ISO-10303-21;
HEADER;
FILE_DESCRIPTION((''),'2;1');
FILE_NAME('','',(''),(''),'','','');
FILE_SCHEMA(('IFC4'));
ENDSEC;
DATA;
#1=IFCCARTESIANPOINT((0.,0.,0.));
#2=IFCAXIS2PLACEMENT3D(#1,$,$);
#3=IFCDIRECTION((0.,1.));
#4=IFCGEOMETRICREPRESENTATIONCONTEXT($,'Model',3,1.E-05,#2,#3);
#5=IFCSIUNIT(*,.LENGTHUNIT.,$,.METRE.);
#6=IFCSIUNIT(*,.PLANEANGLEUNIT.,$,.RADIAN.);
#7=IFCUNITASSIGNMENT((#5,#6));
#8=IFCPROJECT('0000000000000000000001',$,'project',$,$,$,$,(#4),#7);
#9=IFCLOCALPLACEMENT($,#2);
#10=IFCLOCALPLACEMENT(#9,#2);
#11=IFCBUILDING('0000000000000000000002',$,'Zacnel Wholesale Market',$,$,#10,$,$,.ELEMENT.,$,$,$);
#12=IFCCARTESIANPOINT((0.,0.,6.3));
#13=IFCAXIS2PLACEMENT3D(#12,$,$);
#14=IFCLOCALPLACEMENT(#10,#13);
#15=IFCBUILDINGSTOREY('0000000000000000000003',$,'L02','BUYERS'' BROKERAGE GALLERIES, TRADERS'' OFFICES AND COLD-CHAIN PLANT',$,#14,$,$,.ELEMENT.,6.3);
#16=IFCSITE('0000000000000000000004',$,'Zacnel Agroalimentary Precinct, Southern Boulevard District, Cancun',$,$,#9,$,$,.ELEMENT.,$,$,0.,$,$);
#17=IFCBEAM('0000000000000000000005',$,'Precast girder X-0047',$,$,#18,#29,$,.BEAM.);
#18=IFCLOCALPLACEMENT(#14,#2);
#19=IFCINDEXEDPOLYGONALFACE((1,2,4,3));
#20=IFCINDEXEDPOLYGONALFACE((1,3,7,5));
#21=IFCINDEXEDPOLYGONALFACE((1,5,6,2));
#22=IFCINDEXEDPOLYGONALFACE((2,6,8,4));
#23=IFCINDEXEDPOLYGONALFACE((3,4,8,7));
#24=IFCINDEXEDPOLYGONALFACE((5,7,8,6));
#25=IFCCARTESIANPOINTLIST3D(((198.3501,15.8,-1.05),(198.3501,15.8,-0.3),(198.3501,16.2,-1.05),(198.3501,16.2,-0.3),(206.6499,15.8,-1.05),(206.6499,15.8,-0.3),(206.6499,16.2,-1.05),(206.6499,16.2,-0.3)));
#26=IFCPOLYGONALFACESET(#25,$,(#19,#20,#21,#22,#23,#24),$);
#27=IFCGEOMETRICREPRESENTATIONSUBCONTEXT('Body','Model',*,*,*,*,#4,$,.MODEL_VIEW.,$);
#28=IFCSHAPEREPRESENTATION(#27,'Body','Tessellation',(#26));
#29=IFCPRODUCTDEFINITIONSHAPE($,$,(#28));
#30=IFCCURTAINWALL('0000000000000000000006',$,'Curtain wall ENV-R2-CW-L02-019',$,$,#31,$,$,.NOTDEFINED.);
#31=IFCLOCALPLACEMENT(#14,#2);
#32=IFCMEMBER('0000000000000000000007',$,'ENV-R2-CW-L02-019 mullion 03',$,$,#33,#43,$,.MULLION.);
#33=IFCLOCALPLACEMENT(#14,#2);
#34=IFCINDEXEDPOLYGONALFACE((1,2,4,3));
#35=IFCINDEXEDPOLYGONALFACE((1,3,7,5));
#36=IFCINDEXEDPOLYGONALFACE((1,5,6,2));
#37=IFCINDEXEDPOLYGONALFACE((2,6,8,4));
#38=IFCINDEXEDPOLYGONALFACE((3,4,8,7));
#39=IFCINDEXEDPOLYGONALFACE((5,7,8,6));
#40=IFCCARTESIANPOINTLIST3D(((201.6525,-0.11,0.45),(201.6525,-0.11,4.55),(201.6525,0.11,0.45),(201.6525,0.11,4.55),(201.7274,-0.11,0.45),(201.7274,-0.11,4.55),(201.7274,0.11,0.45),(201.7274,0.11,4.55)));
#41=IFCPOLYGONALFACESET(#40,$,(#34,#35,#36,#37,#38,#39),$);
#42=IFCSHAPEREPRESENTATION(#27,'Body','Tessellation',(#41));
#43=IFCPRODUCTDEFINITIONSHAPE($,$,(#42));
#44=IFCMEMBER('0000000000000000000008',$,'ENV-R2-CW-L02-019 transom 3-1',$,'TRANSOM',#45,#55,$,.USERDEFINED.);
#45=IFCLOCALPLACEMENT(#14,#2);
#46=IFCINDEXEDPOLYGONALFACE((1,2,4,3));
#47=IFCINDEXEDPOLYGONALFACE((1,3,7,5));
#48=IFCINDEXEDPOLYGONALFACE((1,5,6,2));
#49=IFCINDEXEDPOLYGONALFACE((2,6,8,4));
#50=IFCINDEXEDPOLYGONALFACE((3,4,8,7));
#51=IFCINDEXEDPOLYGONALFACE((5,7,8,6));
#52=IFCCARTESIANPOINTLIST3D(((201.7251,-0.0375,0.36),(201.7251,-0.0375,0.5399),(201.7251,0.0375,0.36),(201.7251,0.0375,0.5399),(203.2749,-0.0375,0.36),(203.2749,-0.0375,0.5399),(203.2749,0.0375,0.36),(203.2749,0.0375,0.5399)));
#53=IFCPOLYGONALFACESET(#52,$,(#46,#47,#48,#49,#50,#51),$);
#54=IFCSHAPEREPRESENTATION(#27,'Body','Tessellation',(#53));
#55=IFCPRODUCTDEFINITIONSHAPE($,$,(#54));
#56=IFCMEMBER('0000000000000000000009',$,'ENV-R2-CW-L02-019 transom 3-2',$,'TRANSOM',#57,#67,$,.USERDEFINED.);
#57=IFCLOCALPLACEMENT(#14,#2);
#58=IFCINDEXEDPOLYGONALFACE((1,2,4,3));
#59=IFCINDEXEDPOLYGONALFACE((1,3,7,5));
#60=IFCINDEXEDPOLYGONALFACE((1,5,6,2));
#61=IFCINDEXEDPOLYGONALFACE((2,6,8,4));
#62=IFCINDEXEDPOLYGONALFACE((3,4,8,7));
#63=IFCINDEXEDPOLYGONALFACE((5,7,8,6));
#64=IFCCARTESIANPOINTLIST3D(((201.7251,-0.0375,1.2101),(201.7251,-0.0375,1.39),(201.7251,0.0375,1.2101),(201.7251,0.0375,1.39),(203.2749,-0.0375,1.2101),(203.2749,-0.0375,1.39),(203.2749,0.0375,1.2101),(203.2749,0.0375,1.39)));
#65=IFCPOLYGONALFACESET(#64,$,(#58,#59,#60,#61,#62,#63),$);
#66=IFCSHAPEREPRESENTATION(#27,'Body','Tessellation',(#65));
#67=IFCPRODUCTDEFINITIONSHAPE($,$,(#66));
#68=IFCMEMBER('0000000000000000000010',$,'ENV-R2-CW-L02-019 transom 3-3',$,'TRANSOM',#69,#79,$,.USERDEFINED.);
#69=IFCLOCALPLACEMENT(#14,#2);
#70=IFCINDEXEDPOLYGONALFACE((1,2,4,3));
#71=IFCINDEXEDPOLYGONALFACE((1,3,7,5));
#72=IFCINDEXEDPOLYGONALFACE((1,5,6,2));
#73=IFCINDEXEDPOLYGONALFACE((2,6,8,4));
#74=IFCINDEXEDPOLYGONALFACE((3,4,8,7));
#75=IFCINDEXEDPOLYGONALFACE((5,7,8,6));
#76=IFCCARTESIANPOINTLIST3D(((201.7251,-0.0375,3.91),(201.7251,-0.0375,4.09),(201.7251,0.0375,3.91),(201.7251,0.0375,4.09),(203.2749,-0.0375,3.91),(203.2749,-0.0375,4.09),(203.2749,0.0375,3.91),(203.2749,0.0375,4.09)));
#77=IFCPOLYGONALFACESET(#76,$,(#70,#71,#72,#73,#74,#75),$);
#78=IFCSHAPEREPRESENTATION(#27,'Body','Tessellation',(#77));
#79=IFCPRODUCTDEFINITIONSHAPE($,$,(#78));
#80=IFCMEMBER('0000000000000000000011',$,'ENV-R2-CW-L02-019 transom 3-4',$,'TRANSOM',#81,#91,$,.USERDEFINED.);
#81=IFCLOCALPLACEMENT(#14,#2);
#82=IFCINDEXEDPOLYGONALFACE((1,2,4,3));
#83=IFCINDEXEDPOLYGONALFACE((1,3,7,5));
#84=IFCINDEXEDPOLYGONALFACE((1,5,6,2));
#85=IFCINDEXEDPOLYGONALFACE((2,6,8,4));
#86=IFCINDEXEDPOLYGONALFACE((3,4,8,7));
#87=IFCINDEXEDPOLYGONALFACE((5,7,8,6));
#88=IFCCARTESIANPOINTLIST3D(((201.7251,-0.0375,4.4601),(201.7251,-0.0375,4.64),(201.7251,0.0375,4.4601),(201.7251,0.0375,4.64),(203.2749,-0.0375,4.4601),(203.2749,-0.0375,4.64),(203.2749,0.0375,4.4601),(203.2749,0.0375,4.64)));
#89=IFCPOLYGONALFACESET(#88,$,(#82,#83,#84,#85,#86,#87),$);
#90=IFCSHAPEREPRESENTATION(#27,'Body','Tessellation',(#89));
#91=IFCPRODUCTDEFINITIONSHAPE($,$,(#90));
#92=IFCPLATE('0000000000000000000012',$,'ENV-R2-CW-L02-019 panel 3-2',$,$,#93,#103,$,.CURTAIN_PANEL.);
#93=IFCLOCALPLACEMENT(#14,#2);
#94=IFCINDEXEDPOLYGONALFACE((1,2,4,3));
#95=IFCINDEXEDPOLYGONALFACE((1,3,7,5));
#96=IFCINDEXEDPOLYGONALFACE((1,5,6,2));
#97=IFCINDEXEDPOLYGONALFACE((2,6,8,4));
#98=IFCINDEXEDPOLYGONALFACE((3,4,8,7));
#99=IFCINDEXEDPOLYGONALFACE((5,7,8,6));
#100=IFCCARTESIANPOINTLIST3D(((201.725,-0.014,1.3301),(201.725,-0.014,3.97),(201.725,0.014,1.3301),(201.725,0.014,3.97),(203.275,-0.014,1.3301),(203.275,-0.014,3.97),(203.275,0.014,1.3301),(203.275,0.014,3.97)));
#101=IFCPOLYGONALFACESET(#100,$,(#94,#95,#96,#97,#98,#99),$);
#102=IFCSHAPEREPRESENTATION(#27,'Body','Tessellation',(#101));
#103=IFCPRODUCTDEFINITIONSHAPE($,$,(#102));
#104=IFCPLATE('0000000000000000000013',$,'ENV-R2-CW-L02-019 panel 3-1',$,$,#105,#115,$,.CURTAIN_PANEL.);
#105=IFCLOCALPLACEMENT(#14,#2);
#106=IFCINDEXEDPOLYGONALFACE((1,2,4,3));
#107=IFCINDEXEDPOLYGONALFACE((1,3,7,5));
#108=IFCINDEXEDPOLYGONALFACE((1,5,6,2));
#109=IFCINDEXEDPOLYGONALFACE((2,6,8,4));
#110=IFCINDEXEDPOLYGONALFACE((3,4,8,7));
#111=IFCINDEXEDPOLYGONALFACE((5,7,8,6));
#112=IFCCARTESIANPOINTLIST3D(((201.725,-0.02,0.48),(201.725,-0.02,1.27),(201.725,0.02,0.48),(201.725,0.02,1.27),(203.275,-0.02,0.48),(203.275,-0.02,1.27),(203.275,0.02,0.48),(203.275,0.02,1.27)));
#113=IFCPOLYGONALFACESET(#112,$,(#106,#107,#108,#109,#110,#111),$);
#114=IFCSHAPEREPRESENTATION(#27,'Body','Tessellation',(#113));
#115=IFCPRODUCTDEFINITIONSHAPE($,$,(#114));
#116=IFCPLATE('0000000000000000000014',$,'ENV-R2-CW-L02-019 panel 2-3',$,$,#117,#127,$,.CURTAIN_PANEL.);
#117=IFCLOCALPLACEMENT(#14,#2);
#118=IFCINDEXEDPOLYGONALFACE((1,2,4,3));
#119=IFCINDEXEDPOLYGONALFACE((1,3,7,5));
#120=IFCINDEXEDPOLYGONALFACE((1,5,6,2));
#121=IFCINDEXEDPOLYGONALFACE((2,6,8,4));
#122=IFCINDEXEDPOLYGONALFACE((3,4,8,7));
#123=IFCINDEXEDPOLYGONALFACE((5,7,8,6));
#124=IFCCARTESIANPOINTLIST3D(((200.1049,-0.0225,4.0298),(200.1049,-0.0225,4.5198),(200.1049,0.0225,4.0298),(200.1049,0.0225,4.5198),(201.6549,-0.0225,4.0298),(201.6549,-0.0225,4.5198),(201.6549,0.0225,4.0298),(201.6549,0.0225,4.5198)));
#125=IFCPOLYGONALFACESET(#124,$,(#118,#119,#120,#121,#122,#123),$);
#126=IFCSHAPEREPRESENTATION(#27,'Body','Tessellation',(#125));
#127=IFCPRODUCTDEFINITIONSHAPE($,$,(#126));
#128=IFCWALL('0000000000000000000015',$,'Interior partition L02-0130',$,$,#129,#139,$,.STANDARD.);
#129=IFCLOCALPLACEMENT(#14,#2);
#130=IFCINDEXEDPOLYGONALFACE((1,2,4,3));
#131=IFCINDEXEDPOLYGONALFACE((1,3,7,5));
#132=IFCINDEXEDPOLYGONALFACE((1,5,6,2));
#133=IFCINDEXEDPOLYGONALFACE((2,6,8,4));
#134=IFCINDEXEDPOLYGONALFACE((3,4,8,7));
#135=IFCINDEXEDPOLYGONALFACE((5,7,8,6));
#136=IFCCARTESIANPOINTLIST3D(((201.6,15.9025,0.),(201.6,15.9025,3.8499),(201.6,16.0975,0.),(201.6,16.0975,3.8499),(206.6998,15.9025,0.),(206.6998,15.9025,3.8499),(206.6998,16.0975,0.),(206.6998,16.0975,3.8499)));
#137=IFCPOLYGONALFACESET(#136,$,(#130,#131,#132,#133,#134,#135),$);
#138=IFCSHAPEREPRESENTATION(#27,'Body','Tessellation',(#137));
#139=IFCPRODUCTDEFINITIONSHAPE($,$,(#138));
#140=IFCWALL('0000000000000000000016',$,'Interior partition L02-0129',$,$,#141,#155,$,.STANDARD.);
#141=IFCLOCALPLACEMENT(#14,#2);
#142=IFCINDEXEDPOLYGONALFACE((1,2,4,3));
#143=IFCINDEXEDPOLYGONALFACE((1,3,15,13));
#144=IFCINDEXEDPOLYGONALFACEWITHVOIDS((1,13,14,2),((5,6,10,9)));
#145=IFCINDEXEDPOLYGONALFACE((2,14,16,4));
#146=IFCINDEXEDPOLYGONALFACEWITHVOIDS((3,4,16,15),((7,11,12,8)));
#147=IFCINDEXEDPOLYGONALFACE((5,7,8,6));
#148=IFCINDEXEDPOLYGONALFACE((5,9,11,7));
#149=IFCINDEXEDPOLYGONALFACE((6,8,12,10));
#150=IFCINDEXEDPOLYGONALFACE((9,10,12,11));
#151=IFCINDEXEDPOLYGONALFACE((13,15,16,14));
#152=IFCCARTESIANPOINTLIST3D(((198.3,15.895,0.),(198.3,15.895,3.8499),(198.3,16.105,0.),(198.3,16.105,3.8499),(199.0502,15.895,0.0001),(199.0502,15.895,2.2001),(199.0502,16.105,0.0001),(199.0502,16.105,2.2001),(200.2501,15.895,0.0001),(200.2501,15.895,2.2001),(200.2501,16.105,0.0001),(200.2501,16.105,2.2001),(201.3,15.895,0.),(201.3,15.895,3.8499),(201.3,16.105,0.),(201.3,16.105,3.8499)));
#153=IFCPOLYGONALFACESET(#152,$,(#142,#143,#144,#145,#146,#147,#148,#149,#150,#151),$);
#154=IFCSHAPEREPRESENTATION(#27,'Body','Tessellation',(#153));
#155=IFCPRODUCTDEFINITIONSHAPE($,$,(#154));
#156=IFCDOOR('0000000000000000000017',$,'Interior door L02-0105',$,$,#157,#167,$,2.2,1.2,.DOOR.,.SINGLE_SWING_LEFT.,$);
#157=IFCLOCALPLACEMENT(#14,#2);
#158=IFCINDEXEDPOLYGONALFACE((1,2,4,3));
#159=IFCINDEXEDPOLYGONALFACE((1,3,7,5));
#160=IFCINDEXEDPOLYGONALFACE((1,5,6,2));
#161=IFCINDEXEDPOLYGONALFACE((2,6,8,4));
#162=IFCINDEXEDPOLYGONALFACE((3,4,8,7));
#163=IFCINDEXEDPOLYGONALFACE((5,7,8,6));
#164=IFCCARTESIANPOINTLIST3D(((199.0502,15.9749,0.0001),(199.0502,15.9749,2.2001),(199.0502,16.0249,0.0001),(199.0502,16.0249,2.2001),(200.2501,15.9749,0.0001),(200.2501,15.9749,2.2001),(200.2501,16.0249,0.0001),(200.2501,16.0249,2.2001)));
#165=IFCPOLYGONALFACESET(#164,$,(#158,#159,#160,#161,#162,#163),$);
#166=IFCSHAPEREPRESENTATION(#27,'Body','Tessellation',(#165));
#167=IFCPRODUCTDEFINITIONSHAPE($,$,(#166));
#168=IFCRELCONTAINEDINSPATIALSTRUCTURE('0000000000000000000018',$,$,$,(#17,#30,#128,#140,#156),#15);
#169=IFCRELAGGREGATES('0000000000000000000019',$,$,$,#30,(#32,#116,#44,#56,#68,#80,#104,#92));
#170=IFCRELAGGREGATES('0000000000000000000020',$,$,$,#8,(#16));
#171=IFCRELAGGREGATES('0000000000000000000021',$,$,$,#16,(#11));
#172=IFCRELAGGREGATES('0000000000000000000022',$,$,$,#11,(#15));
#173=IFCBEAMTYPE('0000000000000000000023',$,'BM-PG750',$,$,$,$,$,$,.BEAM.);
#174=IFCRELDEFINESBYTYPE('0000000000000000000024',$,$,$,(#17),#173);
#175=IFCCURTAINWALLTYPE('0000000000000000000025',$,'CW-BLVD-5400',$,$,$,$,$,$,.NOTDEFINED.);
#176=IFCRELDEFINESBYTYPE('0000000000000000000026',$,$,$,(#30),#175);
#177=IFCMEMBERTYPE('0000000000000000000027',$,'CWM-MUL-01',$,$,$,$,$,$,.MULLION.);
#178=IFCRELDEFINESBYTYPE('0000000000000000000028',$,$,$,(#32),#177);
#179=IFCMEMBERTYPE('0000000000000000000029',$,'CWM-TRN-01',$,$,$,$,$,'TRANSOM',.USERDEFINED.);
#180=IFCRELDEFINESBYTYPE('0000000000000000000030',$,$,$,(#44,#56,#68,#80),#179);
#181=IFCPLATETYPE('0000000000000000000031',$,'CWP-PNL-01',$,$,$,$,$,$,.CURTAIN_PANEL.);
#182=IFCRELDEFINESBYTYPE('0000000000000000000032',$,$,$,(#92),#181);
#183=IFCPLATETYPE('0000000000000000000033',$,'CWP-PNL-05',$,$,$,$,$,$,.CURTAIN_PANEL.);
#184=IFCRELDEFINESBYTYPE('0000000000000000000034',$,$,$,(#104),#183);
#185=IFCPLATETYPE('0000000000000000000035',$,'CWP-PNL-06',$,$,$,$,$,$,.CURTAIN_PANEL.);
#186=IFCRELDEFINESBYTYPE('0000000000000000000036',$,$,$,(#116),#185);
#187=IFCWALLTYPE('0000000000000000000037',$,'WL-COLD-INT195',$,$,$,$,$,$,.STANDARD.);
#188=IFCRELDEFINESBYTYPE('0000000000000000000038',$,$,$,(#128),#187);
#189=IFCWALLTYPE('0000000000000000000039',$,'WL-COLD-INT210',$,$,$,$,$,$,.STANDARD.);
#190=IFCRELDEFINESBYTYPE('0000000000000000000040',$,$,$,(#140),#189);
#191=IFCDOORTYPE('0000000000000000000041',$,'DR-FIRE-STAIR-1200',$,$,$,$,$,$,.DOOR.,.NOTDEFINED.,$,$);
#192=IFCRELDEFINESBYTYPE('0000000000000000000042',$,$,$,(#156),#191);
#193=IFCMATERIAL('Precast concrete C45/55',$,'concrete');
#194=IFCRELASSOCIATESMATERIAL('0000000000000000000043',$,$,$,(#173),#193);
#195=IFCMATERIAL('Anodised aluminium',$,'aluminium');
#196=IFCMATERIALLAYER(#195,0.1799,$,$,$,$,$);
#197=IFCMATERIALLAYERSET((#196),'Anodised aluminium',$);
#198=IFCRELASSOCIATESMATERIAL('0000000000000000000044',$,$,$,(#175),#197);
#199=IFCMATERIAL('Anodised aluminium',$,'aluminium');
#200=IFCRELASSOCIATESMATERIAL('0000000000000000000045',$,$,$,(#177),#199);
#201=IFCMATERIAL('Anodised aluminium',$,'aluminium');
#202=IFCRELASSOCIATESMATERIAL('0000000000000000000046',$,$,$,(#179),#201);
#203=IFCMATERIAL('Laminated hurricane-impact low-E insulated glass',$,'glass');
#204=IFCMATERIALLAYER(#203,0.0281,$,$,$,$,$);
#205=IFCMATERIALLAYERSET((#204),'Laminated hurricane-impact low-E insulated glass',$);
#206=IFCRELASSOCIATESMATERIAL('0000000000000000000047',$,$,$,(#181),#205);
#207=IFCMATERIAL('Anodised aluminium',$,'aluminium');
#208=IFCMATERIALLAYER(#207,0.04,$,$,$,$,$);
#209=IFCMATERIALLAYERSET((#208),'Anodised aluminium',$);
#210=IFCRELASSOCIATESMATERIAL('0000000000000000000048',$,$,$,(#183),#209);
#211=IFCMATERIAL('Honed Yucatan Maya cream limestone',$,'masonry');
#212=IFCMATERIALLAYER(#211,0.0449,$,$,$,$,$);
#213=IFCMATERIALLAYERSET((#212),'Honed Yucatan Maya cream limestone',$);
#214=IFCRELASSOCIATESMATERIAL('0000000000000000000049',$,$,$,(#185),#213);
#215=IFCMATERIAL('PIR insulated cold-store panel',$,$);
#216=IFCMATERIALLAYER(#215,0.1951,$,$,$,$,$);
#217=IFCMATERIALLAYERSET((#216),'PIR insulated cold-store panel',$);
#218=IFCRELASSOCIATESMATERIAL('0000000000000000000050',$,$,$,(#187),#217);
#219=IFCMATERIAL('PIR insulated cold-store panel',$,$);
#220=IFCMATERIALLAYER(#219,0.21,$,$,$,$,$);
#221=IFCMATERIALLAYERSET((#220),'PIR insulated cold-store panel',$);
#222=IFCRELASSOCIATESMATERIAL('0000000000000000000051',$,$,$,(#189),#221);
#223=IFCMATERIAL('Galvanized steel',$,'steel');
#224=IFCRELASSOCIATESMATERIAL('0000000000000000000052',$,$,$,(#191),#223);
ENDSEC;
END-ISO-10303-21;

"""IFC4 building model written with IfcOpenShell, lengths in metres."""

from ifc_helpers import new_model, si_unit, direction, frame, frame_2d, origin, origin_2d, place, context, subcontext, project, spatial, rectangle, extrude, material, layer, layer_set, material_profile, profile_set, type_object, element, fill, aggregate, save


model = new_model("IFC4")

# Units and contexts
model_context = context("Model", 3, precision=1e-05, world=origin(), true_north=direction((0.0, 1.0)))
body_context = subcontext(model_context, "Body", "Model", "MODEL_VIEW")
ifc_project = project(units=[si_unit("LENGTHUNIT", "METRE"), si_unit("PLANEANGLEUNIT", "RADIAN")], contexts=[model_context])

# Site, building, storey
site_placement = place(None, origin())
site = spatial("IfcSite", under=ifc_project, at=site_placement, Name="Zacnel Agroalimentary Precinct, Southern Boulevard District, Cancun", CompositionType="ELEMENT", RefElevation=0.0)
building_placement = place(site_placement, origin())
building = spatial("IfcBuilding", under=site, at=building_placement, Name="Zacnel Wholesale Market", CompositionType="ELEMENT")
storey_placement = place(building_placement, frame((0.0, 0.0, 6.3)))
storey = spatial("IfcBuildingStorey", under=building, at=storey_placement, Name="L02", Description="BUYERS' BROKERAGE GALLERIES, TRADERS' OFFICES AND COLD-CHAIN PLANT", CompositionType="ELEMENT", Elevation=6.3)

# Beam
ifc_material_1 = material(Name="Precast concrete C45/55", Category="concrete")
ifc_material_profile_1 = material_profile(ifc_material_1, rectangle(XDim=0.3999, YDim=0.75, at=origin_2d()), Name="PG 400x750")
ifc_profile_set_1 = profile_set([ifc_material_profile_1], Name="Precast concrete C45/55")
beam_type_1 = type_object("IfcBeamType", Name="BM-PG750", PredefinedType="BEAM", material=ifc_profile_set_1)
for number, where, z_axis, x_axis, name in (
    (1, (198.3501, 16.0, -0.675), (1.0, 0.0, 0.0), (0.0, 1.0, 0.0), "Precast girder X-0047"),
):
    element("IfcBeam", number, at=place(storey_placement, frame(where, z_axis=z_axis, x_axis=x_axis)), inside=storey, type_object=beam_type_1, Name=name, PredefinedType="BEAM", context=body_context, shape_type="SweptSolid", body=[
        extrude(rectangle(XDim=0.3999, YDim=0.75, at=origin_2d()), origin(), (0.0, 0.0, 1.0), 8.2998),
    ])

# Curtain wall, members, plates
ifc_material_2 = material(Name="Anodised aluminium", Category="aluminium")
ifc_layer_1 = layer(ifc_material_2, 0.1799)
ifc_layer_set_1 = layer_set([ifc_layer_1], Name="Anodised aluminium")
curtain_wall_type = type_object("IfcCurtainWallType", Name="CW-BLVD-5400", PredefinedType="NOTDEFINED", material=ifc_layer_set_1)
curtain_wall_placement = place(storey_placement, origin())
curtain_wall = element("IfcCurtainWall", 2, at=curtain_wall_placement, inside=storey, type_object=curtain_wall_type, Name="Curtain wall ENV-R2-CW-L02-019", PredefinedType="NOTDEFINED")
ifc_material_3 = material(Name="Anodised aluminium", Category="aluminium")
ifc_material_profile_2 = material_profile(ifc_material_3, rectangle(XDim=0.075, YDim=0.22, at=origin_2d()), Name="AW-MULLION 75x220")
ifc_profile_set_2 = profile_set([ifc_material_profile_2], Name="Anodised aluminium")
member_type_1 = type_object("IfcMemberType", Name="CWM-MUL-01", PredefinedType="MULLION", material=ifc_profile_set_2)
member_1_placement = place(storey_placement, frame((201.6899, 0.0, 0.45), z_axis=(0.0, 0.0, 1.0), x_axis=(1.0, 0.0, 0.0)))
member_1 = element("IfcMember", 3, at=member_1_placement, type_object=member_type_1, Name="ENV-R2-CW-L02-019 mullion 03", PredefinedType="MULLION", context=body_context, shape_type="SweptSolid", body=[
    extrude(rectangle(XDim=0.075, YDim=0.22, at=origin_2d()), origin(), (0.0, 0.0, 1.0), 4.1001),
])
ifc_material_4 = material(Name="Anodised aluminium", Category="aluminium")
ifc_material_profile_3 = material_profile(ifc_material_4, rectangle(XDim=0.075, YDim=0.1799, at=origin_2d()), Name="AW-TRANSOM 75x180")
ifc_profile_set_3 = profile_set([ifc_material_profile_3], Name="Anodised aluminium")
member_type_2 = type_object("IfcMemberType", Name="CWM-TRN-01", ElementType="TRANSOM", PredefinedType="USERDEFINED", material=ifc_profile_set_3)
member_2_placement = place(storey_placement, frame((201.7251, 0.0, 0.45), z_axis=(1.0, 0.0, 0.0), x_axis=(0.0, 1.0, 0.0)))
member_2 = element("IfcMember", 4, at=member_2_placement, type_object=member_type_2, Name="ENV-R2-CW-L02-019 transom 3-1", ObjectType="TRANSOM", PredefinedType="USERDEFINED", context=body_context, shape_type="SweptSolid", body=[
    extrude(rectangle(XDim=0.075, YDim=0.1799, at=origin_2d()), origin(), (0.0, 0.0, 1.0), 1.5498),
])
member_3_placement = place(storey_placement, frame((201.7251, 0.0, 1.3), z_axis=(1.0, 0.0, 0.0), x_axis=(0.0, 1.0, 0.0)))
member_3 = element("IfcMember", 5, at=member_3_placement, type_object=member_type_2, Name="ENV-R2-CW-L02-019 transom 3-2", ObjectType="TRANSOM", PredefinedType="USERDEFINED", context=body_context, shape_type="SweptSolid", body=[
    extrude(rectangle(XDim=0.075, YDim=0.1799, at=origin_2d()), origin(), (0.0, 0.0, 1.0), 1.5498),
])
member_4_placement = place(storey_placement, frame((201.7251, 0.0, 4.0), z_axis=(1.0, 0.0, 0.0), x_axis=(0.0, 1.0, 0.0)))
member_4 = element("IfcMember", 6, at=member_4_placement, type_object=member_type_2, Name="ENV-R2-CW-L02-019 transom 3-3", ObjectType="TRANSOM", PredefinedType="USERDEFINED", context=body_context, shape_type="SweptSolid", body=[
    extrude(rectangle(XDim=0.075, YDim=0.1799, at=origin_2d()), origin(), (0.0, 0.0, 1.0), 1.5498),
])
member_5_placement = place(storey_placement, frame((201.7251, 0.0, 4.55), z_axis=(1.0, 0.0, 0.0), x_axis=(0.0, 1.0, 0.0)))
member_5 = element("IfcMember", 7, at=member_5_placement, type_object=member_type_2, Name="ENV-R2-CW-L02-019 transom 3-4", ObjectType="TRANSOM", PredefinedType="USERDEFINED", context=body_context, shape_type="SweptSolid", body=[
    extrude(rectangle(XDim=0.075, YDim=0.1799, at=origin_2d()), origin(), (0.0, 0.0, 1.0), 1.5498),
])
ifc_material_5 = material(Name="Laminated hurricane-impact low-E insulated glass", Category="glass")
ifc_layer_2 = layer(ifc_material_5, 0.0281)
ifc_layer_set_2 = layer_set([ifc_layer_2], Name="Laminated hurricane-impact low-E insulated glass")
plate_type_1 = type_object("IfcPlateType", Name="CWP-PNL-01", PredefinedType="CURTAIN_PANEL", material=ifc_layer_set_2)
plate_1_placement = place(storey_placement, frame((202.5, 0.0, 1.3301), z_axis=(0.0, 0.0, 1.0), x_axis=(1.0, 0.0, 0.0)))
plate_1 = element("IfcPlate", 8, at=plate_1_placement, type_object=plate_type_1, Name="ENV-R2-CW-L02-019 panel 3-2", PredefinedType="CURTAIN_PANEL", context=body_context, shape_type="SweptSolid", body=[
    extrude(rectangle(XDim=1.55, YDim=0.0281, at=origin_2d()), origin(), (0.0, 0.0, 1.0), 2.6399),
])
ifc_material_6 = material(Name="Anodised aluminium", Category="aluminium")
ifc_layer_3 = layer(ifc_material_6, 0.04)
ifc_layer_set_3 = layer_set([ifc_layer_3], Name="Anodised aluminium")
plate_type_2 = type_object("IfcPlateType", Name="CWP-PNL-05", PredefinedType="CURTAIN_PANEL", material=ifc_layer_set_3)
plate_2_placement = place(storey_placement, frame((202.5, 0.0, 0.48), z_axis=(0.0, 0.0, 1.0), x_axis=(1.0, 0.0, 0.0)))
plate_2 = element("IfcPlate", 9, at=plate_2_placement, type_object=plate_type_2, Name="ENV-R2-CW-L02-019 panel 3-1", PredefinedType="CURTAIN_PANEL", context=body_context, shape_type="SweptSolid", body=[
    extrude(rectangle(XDim=1.55, YDim=0.04, at=origin_2d()), origin(), (0.0, 0.0, 1.0), 0.79),
])
ifc_material_7 = material(Name="Honed Yucatan Maya cream limestone", Category="masonry")
ifc_layer_4 = layer(ifc_material_7, 0.0449)
ifc_layer_set_4 = layer_set([ifc_layer_4], Name="Honed Yucatan Maya cream limestone")
plate_type_3 = type_object("IfcPlateType", Name="CWP-PNL-06", PredefinedType="CURTAIN_PANEL", material=ifc_layer_set_4)
plate_3_placement = place(storey_placement, frame((200.8799, 0.0, 4.0298), z_axis=(0.0, 0.0, 1.0), x_axis=(1.0, 0.0, 0.0)))
plate_3 = element("IfcPlate", 10, at=plate_3_placement, type_object=plate_type_3, Name="ENV-R2-CW-L02-019 panel 2-3", PredefinedType="CURTAIN_PANEL", context=body_context, shape_type="SweptSolid", body=[
    extrude(rectangle(XDim=1.55, YDim=0.0449, at=origin_2d()), origin(), (0.0, 0.0, 1.0), 0.49),
])
aggregate(curtain_wall, [member_1, plate_3, member_2, member_3, member_4, member_5, plate_2, plate_1])

# Wall
ifc_material_8 = material(Name="PIR insulated cold-store panel")
ifc_layer_5 = layer(ifc_material_8, 0.1951)
ifc_layer_set_5 = layer_set([ifc_layer_5], Name="PIR insulated cold-store panel")
wall_type_1 = type_object("IfcWallType", Name="WL-COLD-INT195", PredefinedType="STANDARD", material=ifc_layer_set_5)
wall_1_placement = place(storey_placement, frame((201.6001, 16.0, 0.0), z_axis=(0.0, 0.0, 1.0), x_axis=(1.0, 0.0, 0.0)))
element("IfcWall", 11, at=wall_1_placement, inside=storey, type_object=wall_type_1, Name="Interior partition L02-0130", PredefinedType="STANDARD", context=body_context, shape_type="SweptSolid", body=[
    extrude(rectangle(XDim=5.0999, YDim=0.1951, at=frame_2d((2.5498, 0.0))), origin(), (0.0, 0.0, 1.0), 3.8499),
])

# Wall, opening, door
ifc_material_9 = material(Name="PIR insulated cold-store panel")
ifc_layer_6 = layer(ifc_material_9, 0.21)
ifc_layer_set_6 = layer_set([ifc_layer_6], Name="PIR insulated cold-store panel")
wall_type_2 = type_object("IfcWallType", Name="WL-COLD-INT210", PredefinedType="STANDARD", material=ifc_layer_set_6)
wall_2_placement = place(storey_placement, frame((198.3, 16.0, 0.0), z_axis=(0.0, 0.0, 1.0), x_axis=(1.0, 0.0, 0.0)))
wall_2 = element("IfcWall", 12, at=wall_2_placement, inside=storey, type_object=wall_type_2, Name="Interior partition L02-0129", PredefinedType="STANDARD", context=body_context, shape_type="SweptSolid", body=[
    extrude(rectangle(XDim=3.0, YDim=0.21, at=frame_2d((1.5, 0.0))), origin(), (0.0, 0.0, 1.0), 3.8499),
])
opening_1_placement = place(wall_2_placement, frame((0.75, 0.0, 0.0)))
opening_1 = element("IfcOpeningElement", 13, at=opening_1_placement, cuts=wall_2, PredefinedType="OPENING", context=body_context, shape_type="SweptSolid", body=[
    extrude(rectangle(XDim=1.2, YDim=2.2, at=frame_2d((0.6001, 1.1001))), frame((0.0, 0.115, 0.0), z_axis=(0.0, -1.0, 0.0), x_axis=(1.0, 0.0, 0.0)), (0.0, 0.0, 1.0), 0.23),
])
ifc_material_10 = material(Name="Galvanized steel", Category="steel")
door_type_1 = type_object("IfcDoorType", Name="DR-FIRE-STAIR-1200", OperationType="NOTDEFINED", PredefinedType="DOOR", material=ifc_material_10)
door_1_placement = place(opening_1_placement, origin())
door_1 = element("IfcDoor", 14, at=door_1_placement, inside=storey, type_object=door_type_1, Name="Interior door L02-0105", OperationType="SINGLE_SWING_LEFT", OverallHeight=2.2, OverallWidth=1.2, PredefinedType="DOOR", context=body_context, shape_type="SweptSolid", body=[
    extrude(rectangle(XDim=1.2, YDim=2.2, at=frame_2d((0.6001, 1.1001))), frame((0.0, 0.0249, 0.0), z_axis=(0.0, -1.0, 0.0), x_axis=(1.0, 0.0, 0.0)), (0.0, 0.0, 1.0), 0.05),
])
fill(opening_1, door_1)

save(model, "model.ifc")
